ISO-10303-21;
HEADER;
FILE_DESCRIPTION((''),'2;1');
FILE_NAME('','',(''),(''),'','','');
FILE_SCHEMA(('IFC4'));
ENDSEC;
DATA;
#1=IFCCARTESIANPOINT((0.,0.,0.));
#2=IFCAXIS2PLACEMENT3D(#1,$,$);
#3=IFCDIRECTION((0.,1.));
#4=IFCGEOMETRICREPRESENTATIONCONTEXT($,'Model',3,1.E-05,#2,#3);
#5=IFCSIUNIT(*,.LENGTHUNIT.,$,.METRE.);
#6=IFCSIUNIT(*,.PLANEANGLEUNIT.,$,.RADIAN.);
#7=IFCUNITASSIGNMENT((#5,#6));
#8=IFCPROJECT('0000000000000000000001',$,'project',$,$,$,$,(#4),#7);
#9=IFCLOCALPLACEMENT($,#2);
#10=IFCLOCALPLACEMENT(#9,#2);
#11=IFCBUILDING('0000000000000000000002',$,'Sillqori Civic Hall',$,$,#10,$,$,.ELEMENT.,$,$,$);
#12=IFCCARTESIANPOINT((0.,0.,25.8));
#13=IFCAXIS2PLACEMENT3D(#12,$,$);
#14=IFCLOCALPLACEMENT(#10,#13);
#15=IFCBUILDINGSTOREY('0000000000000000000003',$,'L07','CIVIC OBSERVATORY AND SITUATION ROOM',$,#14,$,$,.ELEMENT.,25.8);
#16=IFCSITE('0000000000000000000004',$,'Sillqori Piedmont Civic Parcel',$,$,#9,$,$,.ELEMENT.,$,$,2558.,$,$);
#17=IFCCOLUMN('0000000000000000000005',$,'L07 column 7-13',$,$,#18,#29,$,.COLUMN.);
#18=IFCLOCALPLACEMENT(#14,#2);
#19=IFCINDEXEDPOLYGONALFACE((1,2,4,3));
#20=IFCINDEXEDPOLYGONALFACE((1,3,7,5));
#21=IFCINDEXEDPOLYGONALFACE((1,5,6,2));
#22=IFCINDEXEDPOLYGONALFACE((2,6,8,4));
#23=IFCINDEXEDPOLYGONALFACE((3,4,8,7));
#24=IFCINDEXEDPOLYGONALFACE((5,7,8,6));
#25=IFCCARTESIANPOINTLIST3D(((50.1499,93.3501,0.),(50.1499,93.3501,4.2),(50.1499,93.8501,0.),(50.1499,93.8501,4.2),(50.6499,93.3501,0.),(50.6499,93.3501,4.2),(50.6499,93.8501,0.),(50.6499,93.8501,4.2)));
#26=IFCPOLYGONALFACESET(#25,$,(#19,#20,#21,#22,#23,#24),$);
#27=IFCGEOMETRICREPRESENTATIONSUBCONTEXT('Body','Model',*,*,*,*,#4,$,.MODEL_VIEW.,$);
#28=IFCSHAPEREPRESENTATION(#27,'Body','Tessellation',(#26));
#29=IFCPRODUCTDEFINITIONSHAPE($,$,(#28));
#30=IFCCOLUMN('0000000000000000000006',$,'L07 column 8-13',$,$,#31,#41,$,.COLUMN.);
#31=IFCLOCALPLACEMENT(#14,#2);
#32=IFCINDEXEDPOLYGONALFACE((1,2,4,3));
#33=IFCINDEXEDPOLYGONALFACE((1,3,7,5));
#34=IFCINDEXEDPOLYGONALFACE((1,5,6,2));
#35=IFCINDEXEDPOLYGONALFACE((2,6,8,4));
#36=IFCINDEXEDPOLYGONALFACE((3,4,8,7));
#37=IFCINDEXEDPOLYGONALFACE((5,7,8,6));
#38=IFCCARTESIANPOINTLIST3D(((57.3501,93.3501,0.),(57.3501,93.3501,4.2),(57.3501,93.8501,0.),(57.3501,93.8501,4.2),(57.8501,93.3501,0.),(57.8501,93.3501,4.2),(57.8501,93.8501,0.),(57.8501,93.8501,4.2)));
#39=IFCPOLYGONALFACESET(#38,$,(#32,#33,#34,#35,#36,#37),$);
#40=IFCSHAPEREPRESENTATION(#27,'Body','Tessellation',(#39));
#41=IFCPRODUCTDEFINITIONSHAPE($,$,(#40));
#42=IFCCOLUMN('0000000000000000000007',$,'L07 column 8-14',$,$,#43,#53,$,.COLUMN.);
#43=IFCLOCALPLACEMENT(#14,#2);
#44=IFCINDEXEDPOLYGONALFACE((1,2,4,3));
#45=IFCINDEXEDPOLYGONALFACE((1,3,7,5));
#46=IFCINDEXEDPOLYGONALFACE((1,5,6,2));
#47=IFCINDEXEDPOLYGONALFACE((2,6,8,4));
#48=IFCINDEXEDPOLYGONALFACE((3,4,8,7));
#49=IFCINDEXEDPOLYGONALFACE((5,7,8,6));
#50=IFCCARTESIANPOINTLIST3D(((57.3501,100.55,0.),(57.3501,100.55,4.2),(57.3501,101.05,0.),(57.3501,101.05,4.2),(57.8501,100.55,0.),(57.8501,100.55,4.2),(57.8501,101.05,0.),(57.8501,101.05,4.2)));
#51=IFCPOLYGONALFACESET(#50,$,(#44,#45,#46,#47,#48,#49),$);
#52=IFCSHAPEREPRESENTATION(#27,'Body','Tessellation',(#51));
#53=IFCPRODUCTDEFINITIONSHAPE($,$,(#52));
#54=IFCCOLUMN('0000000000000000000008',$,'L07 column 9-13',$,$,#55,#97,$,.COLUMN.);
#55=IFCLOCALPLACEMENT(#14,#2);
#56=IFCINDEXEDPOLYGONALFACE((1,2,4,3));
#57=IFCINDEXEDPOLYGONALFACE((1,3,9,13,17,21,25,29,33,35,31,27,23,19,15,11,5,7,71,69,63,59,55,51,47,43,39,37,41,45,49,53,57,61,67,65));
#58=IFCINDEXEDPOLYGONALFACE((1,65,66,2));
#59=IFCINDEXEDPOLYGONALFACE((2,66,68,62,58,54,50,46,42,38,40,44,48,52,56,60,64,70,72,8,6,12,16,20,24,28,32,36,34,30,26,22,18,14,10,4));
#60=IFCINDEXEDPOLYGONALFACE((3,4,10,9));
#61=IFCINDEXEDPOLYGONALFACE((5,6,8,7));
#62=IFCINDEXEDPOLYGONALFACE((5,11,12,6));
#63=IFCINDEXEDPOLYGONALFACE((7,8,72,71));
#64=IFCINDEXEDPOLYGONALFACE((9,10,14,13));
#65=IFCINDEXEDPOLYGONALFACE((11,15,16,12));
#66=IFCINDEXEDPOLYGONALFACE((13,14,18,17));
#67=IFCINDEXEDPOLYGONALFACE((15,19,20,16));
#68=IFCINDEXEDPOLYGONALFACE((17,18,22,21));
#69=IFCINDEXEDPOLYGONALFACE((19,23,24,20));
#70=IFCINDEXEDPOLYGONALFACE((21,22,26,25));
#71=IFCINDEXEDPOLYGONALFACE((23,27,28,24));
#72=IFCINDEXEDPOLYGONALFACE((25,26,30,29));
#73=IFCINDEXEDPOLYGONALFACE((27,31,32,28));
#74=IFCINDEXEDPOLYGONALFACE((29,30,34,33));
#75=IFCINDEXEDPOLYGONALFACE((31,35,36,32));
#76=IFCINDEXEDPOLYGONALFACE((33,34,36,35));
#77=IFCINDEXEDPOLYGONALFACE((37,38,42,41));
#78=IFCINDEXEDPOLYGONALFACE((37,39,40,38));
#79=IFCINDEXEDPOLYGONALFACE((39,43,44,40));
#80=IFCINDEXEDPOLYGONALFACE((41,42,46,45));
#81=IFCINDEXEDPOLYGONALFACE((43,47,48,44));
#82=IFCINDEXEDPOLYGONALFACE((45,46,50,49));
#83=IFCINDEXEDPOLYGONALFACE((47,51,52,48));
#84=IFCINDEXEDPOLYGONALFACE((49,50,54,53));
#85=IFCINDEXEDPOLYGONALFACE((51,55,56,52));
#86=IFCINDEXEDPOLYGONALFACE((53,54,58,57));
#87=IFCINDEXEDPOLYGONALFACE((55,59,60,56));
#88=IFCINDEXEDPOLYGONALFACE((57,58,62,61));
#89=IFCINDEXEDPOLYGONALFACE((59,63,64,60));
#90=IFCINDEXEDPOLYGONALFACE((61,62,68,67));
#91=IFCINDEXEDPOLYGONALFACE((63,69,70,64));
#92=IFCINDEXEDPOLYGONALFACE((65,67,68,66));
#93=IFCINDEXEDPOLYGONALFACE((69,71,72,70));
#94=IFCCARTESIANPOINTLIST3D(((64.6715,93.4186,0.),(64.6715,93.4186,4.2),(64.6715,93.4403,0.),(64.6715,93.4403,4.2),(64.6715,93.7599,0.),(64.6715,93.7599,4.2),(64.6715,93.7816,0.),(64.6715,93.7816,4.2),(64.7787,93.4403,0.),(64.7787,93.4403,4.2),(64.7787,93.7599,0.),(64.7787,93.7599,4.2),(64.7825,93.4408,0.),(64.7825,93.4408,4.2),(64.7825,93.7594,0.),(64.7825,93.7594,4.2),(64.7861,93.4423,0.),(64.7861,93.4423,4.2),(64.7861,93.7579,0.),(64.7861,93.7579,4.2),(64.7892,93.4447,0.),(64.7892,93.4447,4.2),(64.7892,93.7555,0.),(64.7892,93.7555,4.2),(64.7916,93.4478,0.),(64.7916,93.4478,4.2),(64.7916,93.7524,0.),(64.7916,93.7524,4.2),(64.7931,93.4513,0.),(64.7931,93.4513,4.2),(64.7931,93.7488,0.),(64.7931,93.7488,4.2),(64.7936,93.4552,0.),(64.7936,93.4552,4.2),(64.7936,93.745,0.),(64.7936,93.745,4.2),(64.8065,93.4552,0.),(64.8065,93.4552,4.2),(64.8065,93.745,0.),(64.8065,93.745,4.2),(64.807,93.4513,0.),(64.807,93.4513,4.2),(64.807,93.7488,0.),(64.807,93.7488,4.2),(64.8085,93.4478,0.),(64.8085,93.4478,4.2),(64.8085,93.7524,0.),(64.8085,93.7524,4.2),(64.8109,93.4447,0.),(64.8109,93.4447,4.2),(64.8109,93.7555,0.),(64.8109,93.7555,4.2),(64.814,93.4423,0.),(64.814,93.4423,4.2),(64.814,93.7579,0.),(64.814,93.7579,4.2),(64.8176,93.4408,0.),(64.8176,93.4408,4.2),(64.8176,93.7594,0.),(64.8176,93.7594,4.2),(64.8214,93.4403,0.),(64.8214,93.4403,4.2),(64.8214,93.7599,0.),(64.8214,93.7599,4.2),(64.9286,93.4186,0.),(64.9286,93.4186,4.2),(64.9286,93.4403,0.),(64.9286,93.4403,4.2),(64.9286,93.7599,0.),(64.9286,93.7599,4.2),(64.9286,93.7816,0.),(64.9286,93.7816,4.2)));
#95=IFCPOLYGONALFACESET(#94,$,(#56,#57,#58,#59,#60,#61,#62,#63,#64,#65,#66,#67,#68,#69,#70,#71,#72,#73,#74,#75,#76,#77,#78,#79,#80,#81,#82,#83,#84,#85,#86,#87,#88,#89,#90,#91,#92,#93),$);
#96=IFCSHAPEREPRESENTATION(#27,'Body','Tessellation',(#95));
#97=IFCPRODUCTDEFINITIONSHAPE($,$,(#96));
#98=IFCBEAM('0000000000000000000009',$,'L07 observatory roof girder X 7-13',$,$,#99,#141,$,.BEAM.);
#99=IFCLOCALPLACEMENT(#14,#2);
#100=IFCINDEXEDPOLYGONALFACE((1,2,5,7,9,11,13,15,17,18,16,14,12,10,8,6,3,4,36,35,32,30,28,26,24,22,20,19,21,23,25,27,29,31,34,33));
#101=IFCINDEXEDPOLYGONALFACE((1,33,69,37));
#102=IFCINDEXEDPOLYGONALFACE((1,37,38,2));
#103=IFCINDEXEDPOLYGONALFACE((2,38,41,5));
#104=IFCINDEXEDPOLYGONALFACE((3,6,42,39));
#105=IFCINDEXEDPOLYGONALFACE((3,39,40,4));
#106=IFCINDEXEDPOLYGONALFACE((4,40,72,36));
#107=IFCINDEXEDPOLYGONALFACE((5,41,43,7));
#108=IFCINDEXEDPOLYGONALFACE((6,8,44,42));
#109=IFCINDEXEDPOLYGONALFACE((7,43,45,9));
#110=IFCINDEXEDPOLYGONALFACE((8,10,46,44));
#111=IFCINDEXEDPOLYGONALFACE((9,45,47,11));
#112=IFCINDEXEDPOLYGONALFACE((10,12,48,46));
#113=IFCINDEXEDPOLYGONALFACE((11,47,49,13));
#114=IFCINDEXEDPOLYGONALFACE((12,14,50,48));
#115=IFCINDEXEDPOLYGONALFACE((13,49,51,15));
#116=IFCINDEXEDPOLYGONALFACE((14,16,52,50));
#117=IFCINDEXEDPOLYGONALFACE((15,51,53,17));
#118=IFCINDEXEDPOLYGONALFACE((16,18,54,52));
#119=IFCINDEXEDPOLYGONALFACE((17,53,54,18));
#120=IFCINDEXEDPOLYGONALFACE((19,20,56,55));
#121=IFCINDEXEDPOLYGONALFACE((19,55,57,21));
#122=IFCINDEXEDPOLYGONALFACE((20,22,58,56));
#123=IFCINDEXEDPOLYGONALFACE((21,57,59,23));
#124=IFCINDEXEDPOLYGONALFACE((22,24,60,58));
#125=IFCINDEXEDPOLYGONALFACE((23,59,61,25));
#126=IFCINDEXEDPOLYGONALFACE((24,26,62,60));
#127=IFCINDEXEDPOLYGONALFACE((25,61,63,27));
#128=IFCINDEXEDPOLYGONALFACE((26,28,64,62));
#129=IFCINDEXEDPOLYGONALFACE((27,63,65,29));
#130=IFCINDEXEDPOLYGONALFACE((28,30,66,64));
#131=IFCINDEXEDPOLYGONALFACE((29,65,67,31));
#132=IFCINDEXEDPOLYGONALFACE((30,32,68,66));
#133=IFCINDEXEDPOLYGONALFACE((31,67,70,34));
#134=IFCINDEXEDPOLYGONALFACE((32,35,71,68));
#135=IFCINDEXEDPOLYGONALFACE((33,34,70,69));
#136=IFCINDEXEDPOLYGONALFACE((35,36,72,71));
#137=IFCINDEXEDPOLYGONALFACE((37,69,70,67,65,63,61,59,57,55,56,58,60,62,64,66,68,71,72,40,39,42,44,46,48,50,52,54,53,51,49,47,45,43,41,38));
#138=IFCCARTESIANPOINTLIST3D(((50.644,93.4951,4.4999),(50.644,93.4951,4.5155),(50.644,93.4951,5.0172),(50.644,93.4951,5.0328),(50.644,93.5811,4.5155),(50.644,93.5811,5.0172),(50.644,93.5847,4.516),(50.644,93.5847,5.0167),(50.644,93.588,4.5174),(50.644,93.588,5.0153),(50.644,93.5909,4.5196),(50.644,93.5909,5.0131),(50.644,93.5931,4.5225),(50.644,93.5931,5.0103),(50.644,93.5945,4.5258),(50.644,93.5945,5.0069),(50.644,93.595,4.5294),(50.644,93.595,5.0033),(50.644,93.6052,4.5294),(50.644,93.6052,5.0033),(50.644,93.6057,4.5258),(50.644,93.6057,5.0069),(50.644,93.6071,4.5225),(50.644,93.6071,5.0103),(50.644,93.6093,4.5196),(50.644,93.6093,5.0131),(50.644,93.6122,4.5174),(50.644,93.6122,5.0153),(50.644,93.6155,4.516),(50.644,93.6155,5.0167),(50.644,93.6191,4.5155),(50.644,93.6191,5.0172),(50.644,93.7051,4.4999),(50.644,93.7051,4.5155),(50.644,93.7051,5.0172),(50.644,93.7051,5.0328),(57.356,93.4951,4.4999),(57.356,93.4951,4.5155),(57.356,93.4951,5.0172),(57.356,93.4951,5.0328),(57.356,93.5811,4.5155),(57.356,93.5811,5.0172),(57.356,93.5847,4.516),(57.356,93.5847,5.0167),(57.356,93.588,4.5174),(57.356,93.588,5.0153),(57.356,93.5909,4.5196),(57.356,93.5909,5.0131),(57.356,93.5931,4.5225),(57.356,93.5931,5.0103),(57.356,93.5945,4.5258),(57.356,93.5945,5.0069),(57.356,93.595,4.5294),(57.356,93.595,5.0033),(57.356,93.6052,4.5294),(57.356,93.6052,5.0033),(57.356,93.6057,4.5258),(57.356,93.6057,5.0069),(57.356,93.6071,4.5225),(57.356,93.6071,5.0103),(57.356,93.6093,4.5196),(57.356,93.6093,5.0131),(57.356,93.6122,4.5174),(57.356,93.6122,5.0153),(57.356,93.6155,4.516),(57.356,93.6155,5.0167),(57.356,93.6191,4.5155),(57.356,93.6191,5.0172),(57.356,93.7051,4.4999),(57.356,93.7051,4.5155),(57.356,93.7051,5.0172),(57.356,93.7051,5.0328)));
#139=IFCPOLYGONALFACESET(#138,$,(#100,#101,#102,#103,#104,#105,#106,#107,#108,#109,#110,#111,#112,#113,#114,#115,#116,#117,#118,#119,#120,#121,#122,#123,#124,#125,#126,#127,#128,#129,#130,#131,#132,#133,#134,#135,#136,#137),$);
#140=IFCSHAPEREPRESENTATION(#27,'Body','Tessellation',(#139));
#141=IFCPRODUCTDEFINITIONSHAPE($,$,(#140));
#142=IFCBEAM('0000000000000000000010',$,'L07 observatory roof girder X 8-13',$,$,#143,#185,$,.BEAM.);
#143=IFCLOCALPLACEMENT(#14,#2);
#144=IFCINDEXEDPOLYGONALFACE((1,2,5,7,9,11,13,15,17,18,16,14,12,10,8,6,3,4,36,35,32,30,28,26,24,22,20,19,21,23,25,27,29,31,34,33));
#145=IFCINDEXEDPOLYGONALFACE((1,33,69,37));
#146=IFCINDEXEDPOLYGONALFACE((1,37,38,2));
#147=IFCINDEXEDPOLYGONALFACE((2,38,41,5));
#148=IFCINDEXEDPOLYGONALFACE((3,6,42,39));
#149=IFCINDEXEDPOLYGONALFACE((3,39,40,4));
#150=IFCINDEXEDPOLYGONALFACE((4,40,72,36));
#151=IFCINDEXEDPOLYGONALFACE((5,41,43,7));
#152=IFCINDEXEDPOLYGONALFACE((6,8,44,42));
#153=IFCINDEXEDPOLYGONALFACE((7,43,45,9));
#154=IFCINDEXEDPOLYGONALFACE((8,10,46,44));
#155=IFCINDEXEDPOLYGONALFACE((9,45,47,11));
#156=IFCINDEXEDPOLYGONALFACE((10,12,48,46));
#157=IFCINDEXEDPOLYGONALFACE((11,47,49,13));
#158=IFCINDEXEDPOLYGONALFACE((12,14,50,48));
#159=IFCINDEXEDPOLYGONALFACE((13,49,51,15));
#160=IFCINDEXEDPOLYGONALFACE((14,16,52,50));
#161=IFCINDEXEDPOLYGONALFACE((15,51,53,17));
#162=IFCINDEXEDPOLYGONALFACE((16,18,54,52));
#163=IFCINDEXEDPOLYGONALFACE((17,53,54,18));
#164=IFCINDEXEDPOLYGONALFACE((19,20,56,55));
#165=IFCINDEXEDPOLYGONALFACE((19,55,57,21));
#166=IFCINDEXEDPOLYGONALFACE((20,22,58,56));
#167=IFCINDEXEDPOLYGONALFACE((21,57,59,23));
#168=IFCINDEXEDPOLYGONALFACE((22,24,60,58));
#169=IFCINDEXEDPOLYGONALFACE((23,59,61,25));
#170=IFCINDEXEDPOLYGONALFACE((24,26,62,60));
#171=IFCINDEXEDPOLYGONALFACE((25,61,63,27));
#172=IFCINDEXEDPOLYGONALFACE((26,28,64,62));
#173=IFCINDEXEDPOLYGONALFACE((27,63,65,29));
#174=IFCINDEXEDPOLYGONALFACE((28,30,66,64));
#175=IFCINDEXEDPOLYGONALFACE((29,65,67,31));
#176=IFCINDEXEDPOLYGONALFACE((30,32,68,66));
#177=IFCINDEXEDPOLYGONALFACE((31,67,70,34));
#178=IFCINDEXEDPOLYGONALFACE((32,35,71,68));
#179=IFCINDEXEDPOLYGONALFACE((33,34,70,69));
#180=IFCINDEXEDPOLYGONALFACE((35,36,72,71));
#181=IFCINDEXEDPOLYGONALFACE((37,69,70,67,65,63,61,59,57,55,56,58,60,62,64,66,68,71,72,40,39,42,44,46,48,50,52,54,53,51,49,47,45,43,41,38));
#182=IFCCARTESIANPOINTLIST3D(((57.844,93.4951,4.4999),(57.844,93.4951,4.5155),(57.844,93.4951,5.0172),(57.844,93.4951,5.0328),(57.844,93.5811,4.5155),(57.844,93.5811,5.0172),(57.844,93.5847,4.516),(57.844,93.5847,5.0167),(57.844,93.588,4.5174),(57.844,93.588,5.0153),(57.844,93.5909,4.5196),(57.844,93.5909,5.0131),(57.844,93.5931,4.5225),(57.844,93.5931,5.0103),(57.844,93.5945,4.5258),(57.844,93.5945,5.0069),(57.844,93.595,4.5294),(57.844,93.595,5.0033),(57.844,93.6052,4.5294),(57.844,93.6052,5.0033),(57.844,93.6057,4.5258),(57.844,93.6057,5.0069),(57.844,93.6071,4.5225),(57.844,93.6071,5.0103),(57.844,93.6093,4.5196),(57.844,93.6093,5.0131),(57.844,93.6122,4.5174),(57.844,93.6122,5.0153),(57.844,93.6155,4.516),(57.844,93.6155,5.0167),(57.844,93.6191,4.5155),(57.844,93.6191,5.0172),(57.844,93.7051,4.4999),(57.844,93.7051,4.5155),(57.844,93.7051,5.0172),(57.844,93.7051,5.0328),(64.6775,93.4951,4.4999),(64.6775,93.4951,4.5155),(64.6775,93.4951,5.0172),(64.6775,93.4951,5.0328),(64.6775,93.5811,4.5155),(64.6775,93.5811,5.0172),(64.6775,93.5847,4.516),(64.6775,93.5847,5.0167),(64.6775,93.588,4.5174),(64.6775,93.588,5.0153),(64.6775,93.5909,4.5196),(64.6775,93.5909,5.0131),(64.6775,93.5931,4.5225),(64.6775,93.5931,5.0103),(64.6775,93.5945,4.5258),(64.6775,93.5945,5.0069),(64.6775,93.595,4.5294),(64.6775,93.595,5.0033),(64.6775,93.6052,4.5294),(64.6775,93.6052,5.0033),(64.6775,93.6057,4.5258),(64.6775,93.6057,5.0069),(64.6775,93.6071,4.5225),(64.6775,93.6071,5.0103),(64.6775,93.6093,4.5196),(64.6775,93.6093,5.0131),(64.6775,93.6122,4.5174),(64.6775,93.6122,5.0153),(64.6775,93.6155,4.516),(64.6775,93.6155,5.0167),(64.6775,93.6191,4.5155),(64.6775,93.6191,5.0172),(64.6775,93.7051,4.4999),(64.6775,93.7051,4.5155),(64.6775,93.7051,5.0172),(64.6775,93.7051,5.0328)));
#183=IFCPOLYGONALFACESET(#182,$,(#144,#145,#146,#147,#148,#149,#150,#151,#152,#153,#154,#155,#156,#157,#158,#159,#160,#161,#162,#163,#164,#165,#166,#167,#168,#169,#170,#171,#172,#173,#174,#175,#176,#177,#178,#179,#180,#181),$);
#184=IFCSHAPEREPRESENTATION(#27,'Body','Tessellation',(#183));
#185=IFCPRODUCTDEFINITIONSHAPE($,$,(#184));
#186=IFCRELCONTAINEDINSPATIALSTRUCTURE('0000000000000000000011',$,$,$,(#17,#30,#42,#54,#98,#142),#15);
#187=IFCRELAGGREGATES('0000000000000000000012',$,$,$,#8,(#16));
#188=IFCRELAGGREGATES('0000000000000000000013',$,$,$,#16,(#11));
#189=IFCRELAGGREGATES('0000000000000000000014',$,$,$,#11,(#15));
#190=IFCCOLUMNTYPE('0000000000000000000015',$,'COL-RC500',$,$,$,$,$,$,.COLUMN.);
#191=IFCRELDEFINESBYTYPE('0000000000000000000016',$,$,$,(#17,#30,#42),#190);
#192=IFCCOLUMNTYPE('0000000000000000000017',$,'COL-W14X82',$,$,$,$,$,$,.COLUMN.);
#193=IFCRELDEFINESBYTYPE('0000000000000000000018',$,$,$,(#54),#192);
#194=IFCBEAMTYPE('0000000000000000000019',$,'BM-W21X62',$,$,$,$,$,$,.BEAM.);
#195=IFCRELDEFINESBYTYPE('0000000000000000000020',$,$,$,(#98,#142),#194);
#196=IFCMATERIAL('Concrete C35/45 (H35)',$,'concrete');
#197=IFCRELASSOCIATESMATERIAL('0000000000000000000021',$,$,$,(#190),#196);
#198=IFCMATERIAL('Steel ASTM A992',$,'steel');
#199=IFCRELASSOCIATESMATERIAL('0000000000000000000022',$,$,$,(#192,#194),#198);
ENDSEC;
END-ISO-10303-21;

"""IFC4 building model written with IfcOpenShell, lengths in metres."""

from ifc_helpers import new_model, si_unit, direction, frame, origin, origin_2d, place, context, subcontext, project, spatial, rectangle, i_section, extrude, material, material_profile, profile_set, type_object, element, save


model = new_model("IFC4")

# Units and contexts
model_context = context("Model", 3, precision=1e-05, world=origin(), true_north=direction((0.0, 1.0)))
body_context = subcontext(model_context, "Body", "Model", "MODEL_VIEW")
ifc_project = project(units=[si_unit("LENGTHUNIT", "METRE"), si_unit("PLANEANGLEUNIT", "RADIAN")], contexts=[model_context])

# Site, building, storey
site_placement = place(None, origin())
site = spatial("IfcSite", under=ifc_project, at=site_placement, Name="Sillqori Piedmont Civic Parcel", CompositionType="ELEMENT", RefElevation=2558.0)
building_placement = place(site_placement, origin())
building = spatial("IfcBuilding", under=site, at=building_placement, Name="Sillqori Civic Hall", CompositionType="ELEMENT")
storey_placement = place(building_placement, frame((0.0, 0.0, 25.8)))
storey = spatial("IfcBuildingStorey", under=building, at=storey_placement, Name="L07", Description="CIVIC OBSERVATORY AND SITUATION ROOM", CompositionType="ELEMENT", Elevation=25.8)

# Columns
ifc_material_1 = material(Name="Concrete C35/45 (H35)", Category="concrete")
ifc_material_profile_1 = material_profile(ifc_material_1, rectangle(XDim=0.5, YDim=0.5, at=origin_2d()), Name="RC 500x500")
ifc_profile_set_1 = profile_set([ifc_material_profile_1], Name="Concrete C35/45 (H35)")
column_type_1 = type_object("IfcColumnType", Name="COL-RC500", PredefinedType="COLUMN", material=ifc_profile_set_1)
for number, where, z_axis, x_axis, name in (
    (1, (50.3999, 93.6001, 0.0), (0.0, 0.0, 1.0), (1.0, 0.0, 0.0), "L07 column 7-13"),
    (2, (57.6001, 93.6001, 0.0), (0.0, 0.0, 1.0), (1.0, 0.0, 0.0), "L07 column 8-13"),
    (3, (57.6001, 100.8, 0.0), (0.0, 0.0, 1.0), (1.0, 0.0, 0.0), "L07 column 8-14"),
):
    element("IfcColumn", number, at=place(storey_placement, frame(where, z_axis=z_axis, x_axis=x_axis)), inside=storey, type_object=column_type_1, Name=name, PredefinedType="COLUMN", context=body_context, shape_type="SweptSolid", body=[
        extrude(rectangle(XDim=0.5, YDim=0.5, at=origin_2d()), origin(), (0.0, 0.0, 1.0), 4.2),
    ])
ifc_material_2 = material(Name="Steel ASTM A992", Category="steel")
ifc_material_profile_2 = material_profile(ifc_material_2, i_section(OverallWidth=0.2571, OverallDepth=0.363, WebThickness=0.0129, FlangeThickness=0.0217, FilletRadius=0.0149, at=origin_2d()), Name="W14X82")
ifc_profile_set_2 = profile_set([ifc_material_profile_2], Name="Steel ASTM A992")
column_type_2 = type_object("IfcColumnType", Name="COL-W14X82", PredefinedType="COLUMN", material=ifc_profile_set_2)
column_placement = place(storey_placement, frame((64.8, 93.6001, 0.0), z_axis=(0.0, 0.0, 1.0), x_axis=(1.0, 0.0, 0.0)))
element("IfcColumn", 4, at=column_placement, inside=storey, type_object=column_type_2, Name="L07 column 9-13", PredefinedType="COLUMN", context=body_context, shape_type="SweptSolid", body=[
    extrude(i_section(OverallWidth=0.2571, OverallDepth=0.363, WebThickness=0.0129, FlangeThickness=0.0217, FilletRadius=0.0149, at=origin_2d()), origin(), (0.0, 0.0, 1.0), 4.2),
])

# Beams
ifc_material_profile_3 = material_profile(ifc_material_2, i_section(OverallWidth=0.21, OverallDepth=0.533, WebThickness=0.0103, FlangeThickness=0.0156, FilletRadius=0.0139, at=origin_2d()), Name="W21X62")
ifc_profile_set_3 = profile_set([ifc_material_profile_3], Name="Steel ASTM A992")
beam_type = type_object("IfcBeamType", Name="BM-W21X62", PredefinedType="BEAM", material=ifc_profile_set_3)
beam_1_placement = place(storey_placement, frame((50.644, 93.6001, 4.7664), z_axis=(1.0, 0.0, 0.0), x_axis=(0.0, 1.0, 0.0)))
element("IfcBeam", 5, at=beam_1_placement, inside=storey, type_object=beam_type, Name="L07 observatory roof girder X 7-13", PredefinedType="BEAM", context=body_context, shape_type="SweptSolid", body=[
    extrude(i_section(OverallWidth=0.21, OverallDepth=0.533, WebThickness=0.0103, FlangeThickness=0.0156, FilletRadius=0.0139, at=origin_2d()), origin(), (0.0, 0.0, 1.0), 6.7119),
])
for number, where, z_axis, x_axis, name in (
    (6, (57.844, 93.6001, 4.7664), (1.0, 0.0, 0.0), (0.0, 1.0, 0.0), "L07 observatory roof girder X 8-13"),
):
    element("IfcBeam", number, at=place(storey_placement, frame(where, z_axis=z_axis, x_axis=x_axis)), inside=storey, type_object=beam_type, Name=name, PredefinedType="BEAM", context=body_context, shape_type="SweptSolid", body=[
        extrude(i_section(OverallWidth=0.21, OverallDepth=0.533, WebThickness=0.0103, FlangeThickness=0.0156, FilletRadius=0.0139, at=origin_2d()), origin(), (0.0, 0.0, 1.0), 6.8335),
    ])

save(model, "model.ifc")
